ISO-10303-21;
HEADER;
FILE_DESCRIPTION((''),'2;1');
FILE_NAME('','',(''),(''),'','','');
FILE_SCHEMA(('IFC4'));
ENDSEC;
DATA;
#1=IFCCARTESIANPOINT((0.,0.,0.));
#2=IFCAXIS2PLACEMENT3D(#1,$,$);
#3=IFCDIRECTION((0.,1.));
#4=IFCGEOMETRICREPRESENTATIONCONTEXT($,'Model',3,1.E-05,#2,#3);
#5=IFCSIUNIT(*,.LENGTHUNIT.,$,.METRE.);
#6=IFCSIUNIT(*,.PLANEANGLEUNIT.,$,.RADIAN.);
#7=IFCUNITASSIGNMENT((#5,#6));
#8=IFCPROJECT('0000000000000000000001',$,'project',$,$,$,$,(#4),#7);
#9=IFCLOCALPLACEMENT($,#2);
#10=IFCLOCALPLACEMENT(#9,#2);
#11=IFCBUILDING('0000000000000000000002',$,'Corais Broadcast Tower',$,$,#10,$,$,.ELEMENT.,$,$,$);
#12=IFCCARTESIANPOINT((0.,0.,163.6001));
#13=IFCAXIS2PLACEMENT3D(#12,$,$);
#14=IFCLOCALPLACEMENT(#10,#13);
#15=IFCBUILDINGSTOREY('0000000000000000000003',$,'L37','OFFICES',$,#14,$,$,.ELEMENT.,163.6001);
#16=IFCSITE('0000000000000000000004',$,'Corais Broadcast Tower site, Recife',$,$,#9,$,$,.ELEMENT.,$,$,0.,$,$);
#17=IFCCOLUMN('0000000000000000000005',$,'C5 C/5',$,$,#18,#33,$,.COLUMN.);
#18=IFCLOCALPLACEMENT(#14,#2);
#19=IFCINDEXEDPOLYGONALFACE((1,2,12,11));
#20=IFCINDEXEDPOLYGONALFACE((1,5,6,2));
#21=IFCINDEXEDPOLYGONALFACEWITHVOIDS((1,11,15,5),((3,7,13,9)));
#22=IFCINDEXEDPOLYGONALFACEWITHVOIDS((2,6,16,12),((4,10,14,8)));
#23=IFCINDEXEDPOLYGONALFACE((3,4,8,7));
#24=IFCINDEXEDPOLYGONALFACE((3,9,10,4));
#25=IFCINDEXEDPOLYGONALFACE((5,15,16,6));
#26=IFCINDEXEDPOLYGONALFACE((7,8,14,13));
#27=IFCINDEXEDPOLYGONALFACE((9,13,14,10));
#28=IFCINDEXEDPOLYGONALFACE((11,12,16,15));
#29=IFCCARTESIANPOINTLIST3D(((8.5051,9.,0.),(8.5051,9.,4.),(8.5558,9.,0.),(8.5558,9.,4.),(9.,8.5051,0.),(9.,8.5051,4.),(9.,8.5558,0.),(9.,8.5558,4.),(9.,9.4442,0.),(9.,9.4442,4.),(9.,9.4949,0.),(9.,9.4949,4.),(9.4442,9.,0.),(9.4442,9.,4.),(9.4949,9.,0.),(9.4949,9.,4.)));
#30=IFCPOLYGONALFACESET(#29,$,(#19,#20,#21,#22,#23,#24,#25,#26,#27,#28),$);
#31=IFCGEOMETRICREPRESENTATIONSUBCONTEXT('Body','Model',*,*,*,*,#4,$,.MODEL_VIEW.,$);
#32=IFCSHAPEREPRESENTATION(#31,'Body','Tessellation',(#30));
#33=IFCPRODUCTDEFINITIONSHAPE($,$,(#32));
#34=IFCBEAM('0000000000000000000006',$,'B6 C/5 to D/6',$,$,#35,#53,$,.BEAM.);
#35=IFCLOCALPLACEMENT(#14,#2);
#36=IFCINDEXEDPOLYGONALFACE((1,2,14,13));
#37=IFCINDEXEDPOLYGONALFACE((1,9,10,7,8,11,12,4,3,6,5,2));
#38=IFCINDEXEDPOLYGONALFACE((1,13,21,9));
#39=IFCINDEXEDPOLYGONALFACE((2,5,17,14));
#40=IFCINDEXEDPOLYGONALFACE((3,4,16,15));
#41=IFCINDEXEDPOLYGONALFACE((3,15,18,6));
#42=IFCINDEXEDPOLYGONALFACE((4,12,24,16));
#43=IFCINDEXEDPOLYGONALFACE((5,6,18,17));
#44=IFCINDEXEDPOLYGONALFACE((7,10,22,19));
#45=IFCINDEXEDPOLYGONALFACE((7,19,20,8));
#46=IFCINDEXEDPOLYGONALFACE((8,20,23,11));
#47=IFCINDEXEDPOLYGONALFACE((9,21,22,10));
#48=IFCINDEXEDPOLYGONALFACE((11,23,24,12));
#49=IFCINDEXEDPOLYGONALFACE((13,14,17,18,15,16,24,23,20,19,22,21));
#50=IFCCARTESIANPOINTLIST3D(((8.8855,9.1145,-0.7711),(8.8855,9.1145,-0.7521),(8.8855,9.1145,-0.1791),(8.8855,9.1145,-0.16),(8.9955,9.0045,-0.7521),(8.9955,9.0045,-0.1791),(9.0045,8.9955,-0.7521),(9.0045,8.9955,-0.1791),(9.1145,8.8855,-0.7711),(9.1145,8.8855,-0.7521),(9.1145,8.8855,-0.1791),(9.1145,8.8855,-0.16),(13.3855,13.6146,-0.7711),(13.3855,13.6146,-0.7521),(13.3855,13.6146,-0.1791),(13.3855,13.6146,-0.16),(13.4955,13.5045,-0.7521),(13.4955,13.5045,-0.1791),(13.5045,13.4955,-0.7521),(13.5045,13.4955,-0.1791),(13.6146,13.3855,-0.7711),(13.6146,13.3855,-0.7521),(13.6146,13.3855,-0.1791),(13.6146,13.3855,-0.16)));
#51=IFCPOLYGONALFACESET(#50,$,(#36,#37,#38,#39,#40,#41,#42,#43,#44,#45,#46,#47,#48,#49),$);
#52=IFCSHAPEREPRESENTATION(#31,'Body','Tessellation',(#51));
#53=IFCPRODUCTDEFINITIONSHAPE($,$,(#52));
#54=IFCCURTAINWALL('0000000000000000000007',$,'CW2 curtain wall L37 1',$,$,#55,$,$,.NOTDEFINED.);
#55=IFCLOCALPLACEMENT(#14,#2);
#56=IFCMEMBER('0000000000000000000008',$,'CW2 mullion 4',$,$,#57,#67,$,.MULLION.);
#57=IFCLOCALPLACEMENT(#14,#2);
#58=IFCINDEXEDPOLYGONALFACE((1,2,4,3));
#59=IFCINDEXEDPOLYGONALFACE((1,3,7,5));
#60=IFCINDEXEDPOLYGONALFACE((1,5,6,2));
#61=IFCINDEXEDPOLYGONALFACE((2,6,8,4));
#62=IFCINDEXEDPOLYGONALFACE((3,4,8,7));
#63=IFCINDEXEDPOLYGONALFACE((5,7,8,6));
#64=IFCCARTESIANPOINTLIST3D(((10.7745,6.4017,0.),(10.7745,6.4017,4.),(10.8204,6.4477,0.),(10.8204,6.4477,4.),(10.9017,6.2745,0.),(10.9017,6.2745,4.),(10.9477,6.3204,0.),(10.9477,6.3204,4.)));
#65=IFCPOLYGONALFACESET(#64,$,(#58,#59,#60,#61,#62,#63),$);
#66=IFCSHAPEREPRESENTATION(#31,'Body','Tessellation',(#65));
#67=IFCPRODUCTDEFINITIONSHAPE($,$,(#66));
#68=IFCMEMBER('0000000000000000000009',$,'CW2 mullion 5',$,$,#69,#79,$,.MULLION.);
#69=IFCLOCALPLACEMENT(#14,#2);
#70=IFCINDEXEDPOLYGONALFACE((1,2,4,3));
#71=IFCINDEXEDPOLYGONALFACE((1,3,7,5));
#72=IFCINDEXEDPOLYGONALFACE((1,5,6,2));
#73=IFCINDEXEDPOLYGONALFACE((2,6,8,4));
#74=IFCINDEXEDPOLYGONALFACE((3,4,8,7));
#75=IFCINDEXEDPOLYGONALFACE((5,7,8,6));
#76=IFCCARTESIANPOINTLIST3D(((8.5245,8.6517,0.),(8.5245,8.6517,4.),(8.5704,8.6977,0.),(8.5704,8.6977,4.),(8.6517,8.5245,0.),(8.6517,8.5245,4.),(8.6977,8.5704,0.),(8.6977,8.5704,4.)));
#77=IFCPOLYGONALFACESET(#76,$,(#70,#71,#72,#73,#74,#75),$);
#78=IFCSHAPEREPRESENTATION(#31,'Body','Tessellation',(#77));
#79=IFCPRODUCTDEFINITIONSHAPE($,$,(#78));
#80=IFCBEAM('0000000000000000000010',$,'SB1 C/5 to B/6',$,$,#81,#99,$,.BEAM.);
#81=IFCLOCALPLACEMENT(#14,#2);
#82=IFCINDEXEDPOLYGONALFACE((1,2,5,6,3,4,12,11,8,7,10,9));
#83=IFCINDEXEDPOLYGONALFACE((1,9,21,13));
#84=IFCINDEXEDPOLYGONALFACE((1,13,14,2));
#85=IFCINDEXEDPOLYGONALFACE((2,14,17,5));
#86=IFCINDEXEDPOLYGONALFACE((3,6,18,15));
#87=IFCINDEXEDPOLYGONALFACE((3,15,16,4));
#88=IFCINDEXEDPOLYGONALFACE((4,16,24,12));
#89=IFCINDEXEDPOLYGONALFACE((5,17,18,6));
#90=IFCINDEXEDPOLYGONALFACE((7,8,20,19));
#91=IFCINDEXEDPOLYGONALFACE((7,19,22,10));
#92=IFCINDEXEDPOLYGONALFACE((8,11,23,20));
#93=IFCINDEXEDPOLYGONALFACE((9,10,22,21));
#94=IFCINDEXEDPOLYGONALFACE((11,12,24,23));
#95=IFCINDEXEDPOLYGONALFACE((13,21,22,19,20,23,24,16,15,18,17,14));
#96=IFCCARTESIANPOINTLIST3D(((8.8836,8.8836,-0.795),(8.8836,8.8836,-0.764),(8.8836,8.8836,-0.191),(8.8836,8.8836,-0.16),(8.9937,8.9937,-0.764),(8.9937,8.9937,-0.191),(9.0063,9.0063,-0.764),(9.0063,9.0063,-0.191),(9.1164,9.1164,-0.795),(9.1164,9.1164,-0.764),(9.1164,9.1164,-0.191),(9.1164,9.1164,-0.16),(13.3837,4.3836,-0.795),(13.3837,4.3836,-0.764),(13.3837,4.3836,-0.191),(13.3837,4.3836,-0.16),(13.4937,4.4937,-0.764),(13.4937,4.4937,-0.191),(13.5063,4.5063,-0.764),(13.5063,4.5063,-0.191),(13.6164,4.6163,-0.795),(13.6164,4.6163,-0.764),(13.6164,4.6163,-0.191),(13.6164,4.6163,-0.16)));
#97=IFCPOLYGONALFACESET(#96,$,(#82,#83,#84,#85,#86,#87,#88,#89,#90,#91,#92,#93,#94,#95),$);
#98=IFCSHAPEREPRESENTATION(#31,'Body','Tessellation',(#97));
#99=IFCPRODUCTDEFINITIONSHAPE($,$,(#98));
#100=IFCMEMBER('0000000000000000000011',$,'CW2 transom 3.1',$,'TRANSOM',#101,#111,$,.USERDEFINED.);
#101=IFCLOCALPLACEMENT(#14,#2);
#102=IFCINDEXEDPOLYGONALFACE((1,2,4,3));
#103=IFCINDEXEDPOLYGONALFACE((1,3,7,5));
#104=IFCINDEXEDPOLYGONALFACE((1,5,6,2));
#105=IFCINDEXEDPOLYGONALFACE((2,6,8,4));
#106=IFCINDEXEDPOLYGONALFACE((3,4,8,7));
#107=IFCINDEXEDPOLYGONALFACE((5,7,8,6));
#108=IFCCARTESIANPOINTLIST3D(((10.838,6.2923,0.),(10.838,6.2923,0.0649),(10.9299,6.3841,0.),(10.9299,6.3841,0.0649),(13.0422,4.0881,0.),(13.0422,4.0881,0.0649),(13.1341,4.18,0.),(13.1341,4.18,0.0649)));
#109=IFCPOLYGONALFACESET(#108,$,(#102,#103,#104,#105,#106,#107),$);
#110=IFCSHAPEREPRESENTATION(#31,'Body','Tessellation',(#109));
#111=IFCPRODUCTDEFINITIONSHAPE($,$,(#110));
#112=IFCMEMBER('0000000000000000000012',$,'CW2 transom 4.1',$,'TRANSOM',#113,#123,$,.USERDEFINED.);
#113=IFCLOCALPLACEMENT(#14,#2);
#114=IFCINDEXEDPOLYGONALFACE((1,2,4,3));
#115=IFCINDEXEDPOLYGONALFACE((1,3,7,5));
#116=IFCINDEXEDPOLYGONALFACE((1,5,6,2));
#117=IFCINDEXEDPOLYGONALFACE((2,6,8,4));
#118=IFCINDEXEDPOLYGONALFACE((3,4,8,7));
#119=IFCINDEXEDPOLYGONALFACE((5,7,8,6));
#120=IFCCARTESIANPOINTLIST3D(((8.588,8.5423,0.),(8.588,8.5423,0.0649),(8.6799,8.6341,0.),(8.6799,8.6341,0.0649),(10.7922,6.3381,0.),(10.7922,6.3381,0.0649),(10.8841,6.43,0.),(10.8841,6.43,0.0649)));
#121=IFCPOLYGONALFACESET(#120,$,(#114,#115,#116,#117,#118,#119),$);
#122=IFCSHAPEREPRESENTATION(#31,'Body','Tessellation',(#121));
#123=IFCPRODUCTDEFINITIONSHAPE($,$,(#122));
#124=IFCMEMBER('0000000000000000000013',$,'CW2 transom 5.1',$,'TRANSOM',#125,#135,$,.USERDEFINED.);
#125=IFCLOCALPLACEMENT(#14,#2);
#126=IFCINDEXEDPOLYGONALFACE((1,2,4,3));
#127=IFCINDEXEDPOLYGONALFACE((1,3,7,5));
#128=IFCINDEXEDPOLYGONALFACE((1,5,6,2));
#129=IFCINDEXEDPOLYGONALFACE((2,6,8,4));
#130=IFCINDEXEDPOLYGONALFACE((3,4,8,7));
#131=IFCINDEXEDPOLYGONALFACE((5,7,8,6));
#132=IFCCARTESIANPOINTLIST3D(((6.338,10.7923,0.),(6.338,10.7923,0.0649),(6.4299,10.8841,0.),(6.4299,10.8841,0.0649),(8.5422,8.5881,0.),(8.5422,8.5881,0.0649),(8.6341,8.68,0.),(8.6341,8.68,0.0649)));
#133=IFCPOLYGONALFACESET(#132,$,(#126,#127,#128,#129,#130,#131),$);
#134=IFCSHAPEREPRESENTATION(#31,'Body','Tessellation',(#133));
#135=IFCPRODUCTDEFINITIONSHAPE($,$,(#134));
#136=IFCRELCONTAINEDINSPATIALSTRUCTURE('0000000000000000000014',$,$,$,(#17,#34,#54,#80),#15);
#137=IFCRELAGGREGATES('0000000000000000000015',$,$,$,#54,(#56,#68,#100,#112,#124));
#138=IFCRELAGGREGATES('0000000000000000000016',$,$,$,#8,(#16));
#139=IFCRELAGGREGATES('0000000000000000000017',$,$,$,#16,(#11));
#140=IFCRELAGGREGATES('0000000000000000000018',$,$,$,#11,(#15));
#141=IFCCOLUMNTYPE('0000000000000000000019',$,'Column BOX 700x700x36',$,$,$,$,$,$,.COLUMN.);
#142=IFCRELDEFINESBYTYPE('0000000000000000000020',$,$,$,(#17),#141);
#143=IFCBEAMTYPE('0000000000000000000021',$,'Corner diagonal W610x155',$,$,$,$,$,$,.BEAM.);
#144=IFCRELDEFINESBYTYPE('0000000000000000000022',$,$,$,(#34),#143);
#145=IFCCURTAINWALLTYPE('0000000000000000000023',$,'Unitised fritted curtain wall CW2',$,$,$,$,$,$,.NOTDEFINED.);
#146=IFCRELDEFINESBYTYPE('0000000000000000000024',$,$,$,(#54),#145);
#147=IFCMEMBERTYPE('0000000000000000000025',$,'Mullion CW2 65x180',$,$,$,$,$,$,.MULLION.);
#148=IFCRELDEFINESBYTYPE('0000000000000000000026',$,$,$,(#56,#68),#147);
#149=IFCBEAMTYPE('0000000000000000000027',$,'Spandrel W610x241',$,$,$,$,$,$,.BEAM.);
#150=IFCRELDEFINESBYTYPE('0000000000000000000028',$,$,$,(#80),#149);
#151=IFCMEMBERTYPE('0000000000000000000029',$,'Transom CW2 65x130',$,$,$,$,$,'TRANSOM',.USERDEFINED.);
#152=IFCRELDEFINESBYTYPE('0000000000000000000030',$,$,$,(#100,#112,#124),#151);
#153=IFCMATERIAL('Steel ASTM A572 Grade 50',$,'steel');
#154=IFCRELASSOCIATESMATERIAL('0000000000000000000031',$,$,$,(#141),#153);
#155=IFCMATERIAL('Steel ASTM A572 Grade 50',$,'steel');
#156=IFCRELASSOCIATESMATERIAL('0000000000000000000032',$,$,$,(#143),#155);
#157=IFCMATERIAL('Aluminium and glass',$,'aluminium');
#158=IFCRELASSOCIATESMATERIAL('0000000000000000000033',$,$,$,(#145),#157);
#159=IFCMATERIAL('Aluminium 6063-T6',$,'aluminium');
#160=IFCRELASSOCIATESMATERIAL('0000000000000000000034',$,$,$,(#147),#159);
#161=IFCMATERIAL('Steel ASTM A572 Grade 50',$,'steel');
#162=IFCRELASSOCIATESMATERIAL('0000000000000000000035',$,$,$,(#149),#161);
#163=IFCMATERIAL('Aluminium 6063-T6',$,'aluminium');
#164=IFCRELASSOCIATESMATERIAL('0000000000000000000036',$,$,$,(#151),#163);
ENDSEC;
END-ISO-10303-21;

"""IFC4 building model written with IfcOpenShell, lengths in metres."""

from ifc_helpers import new_model, si_unit, direction, frame, origin, origin_2d, place, context, subcontext, project, spatial, rectangle, hollow_rectangle, i_section, extrude, material, material_profile, profile_set, type_object, element, aggregate, save


model = new_model("IFC4")

# Units and contexts
model_context = context("Model", 3, precision=1e-05, world=origin(), true_north=direction((0.0, 1.0)))
body_context = subcontext(model_context, "Body", "Model", "MODEL_VIEW")
ifc_project = project(units=[si_unit("LENGTHUNIT", "METRE"), si_unit("PLANEANGLEUNIT", "RADIAN")], contexts=[model_context])

# Site, building, storey
site_placement = place(None, origin())
site = spatial("IfcSite", under=ifc_project, at=site_placement, Name="Corais Broadcast Tower site, Recife", CompositionType="ELEMENT", RefElevation=0.0)
building_placement = place(site_placement, origin())
building = spatial("IfcBuilding", under=site, at=building_placement, Name="Corais Broadcast Tower", CompositionType="ELEMENT")
storey_placement = place(building_placement, frame((0.0, 0.0, 163.6001)))
storey = spatial("IfcBuildingStorey", under=building, at=storey_placement, Name="L37", Description="OFFICES", CompositionType="ELEMENT", Elevation=163.6001)

# Column
ifc_material_1 = material(Name="Steel ASTM A572 Grade 50", Category="steel")
ifc_material_profile_1 = material_profile(ifc_material_1, hollow_rectangle(XDim=0.7, YDim=0.7, WallThickness=0.0359, at=origin_2d()), Name="BOX 700x700x36")
ifc_profile_set_1 = profile_set([ifc_material_profile_1], Name="Steel ASTM A572 Grade 50")
column_type = type_object("IfcColumnType", Name="Column BOX 700x700x36", PredefinedType="COLUMN", material=ifc_profile_set_1)
column_placement = place(storey_placement, frame((9.0, 9.0, 0.0), z_axis=(0.0, 0.0, 1.0), x_axis=(0.707107, 0.707107, 0.0)))
element("IfcColumn", 1, at=column_placement, inside=storey, type_object=column_type, Name="C5 C/5", PredefinedType="COLUMN", context=body_context, shape_type="SweptSolid", body=[
    extrude(hollow_rectangle(XDim=0.7, YDim=0.7, WallThickness=0.0359, at=origin_2d()), origin(), (0.0, 0.0, 1.0), 4.0),
])

# Beam
ifc_material_2 = material(Name="Steel ASTM A572 Grade 50", Category="steel")
ifc_material_profile_2 = material_profile(ifc_material_2, i_section(OverallWidth=0.324, OverallDepth=0.6111, WebThickness=0.0127, FlangeThickness=0.019, at=origin_2d()), Name="W610x155")
ifc_profile_set_2 = profile_set([ifc_material_profile_2], Name="Steel ASTM A572 Grade 50")
beam_type_1 = type_object("IfcBeamType", Name="Corner diagonal W610x155", PredefinedType="BEAM", material=ifc_profile_set_2)
beam_1_placement = place(storey_placement, frame((9.0, 9.0, -0.4656), z_axis=(0.707107, 0.707107, 0.0), x_axis=(-0.707107, 0.707107, 0.0)))
element("IfcBeam", 2, at=beam_1_placement, inside=storey, type_object=beam_type_1, Name="B6 C/5 to D/6", PredefinedType="BEAM", context=body_context, shape_type="SweptSolid", body=[
    extrude(i_section(OverallWidth=0.324, OverallDepth=0.6111, WebThickness=0.0127, FlangeThickness=0.019, at=origin_2d()), origin(), (0.0, 0.0, 1.0), 6.364),
])

# Curtain wall, members
ifc_material_3 = material(Name="Aluminium and glass", Category="aluminium")
curtain_wall_type = type_object("IfcCurtainWallType", Name="Unitised fritted curtain wall CW2", PredefinedType="NOTDEFINED", material=ifc_material_3)
curtain_wall_placement = place(storey_placement, origin())
curtain_wall = element("IfcCurtainWall", 3, at=curtain_wall_placement, inside=storey, type_object=curtain_wall_type, Name="CW2 curtain wall L37 1", PredefinedType="NOTDEFINED")
ifc_material_4 = material(Name="Aluminium 6063-T6", Category="aluminium")
ifc_material_profile_3 = material_profile(ifc_material_4, rectangle(XDim=0.0649, YDim=0.1799, at=origin_2d()), Name="Mullion CW2 65x180")
ifc_profile_set_3 = profile_set([ifc_material_profile_3], Name="Aluminium 6063-T6")
member_type_1 = type_object("IfcMemberType", Name="Mullion CW2 65x180", PredefinedType="MULLION", material=ifc_profile_set_3)
member_1_placement = place(storey_placement, frame((10.8611, 6.3611, 0.0), z_axis=(0.0, 0.0, 1.0), x_axis=(-0.707107, -0.707107, 0.0)))
member_1 = element("IfcMember", 4, at=member_1_placement, type_object=member_type_1, Name="CW2 mullion 4", PredefinedType="MULLION", context=body_context, shape_type="SweptSolid", body=[
    extrude(rectangle(XDim=0.0649, YDim=0.1799, at=origin_2d()), origin(), (0.0, 0.0, 1.0), 4.0),
])
member_2_placement = place(storey_placement, frame((8.6111, 8.6111, 0.0), z_axis=(0.0, 0.0, 1.0), x_axis=(-0.707107, -0.707107, 0.0)))
member_2 = element("IfcMember", 5, at=member_2_placement, type_object=member_type_1, Name="CW2 mullion 5", PredefinedType="MULLION", context=body_context, shape_type="SweptSolid", body=[
    extrude(rectangle(XDim=0.0649, YDim=0.1799, at=origin_2d()), origin(), (0.0, 0.0, 1.0), 4.0),
])

# Beam
ifc_material_5 = material(Name="Steel ASTM A572 Grade 50", Category="steel")
ifc_material_profile_4 = material_profile(ifc_material_5, i_section(OverallWidth=0.3291, OverallDepth=0.635, WebThickness=0.0178, FlangeThickness=0.031, at=origin_2d()), Name="W610x241")
ifc_profile_set_4 = profile_set([ifc_material_profile_4], Name="Steel ASTM A572 Grade 50")
beam_type_2 = type_object("IfcBeamType", Name="Spandrel W610x241", PredefinedType="BEAM", material=ifc_profile_set_4)
beam_2_placement = place(storey_placement, frame((9.0, 9.0, -0.4775), z_axis=(0.707107, -0.707107, 0.0), x_axis=(0.707107, 0.707107, 0.0)))
element("IfcBeam", 6, at=beam_2_placement, inside=storey, type_object=beam_type_2, Name="SB1 C/5 to B/6", PredefinedType="BEAM", context=body_context, shape_type="SweptSolid", body=[
    extrude(i_section(OverallWidth=0.3291, OverallDepth=0.635, WebThickness=0.0178, FlangeThickness=0.031, at=origin_2d()), origin(), (0.0, 0.0, 1.0), 6.364),
])

# Members
ifc_material_6 = material(Name="Aluminium 6063-T6", Category="aluminium")
ifc_material_profile_5 = material_profile(ifc_material_6, rectangle(XDim=0.1299, YDim=0.0649, at=origin_2d()), Name="Transom CW2 65x130")
ifc_profile_set_5 = profile_set([ifc_material_profile_5], Name="Aluminium 6063-T6")
member_type_2 = type_object("IfcMemberType", Name="Transom CW2 65x130", ElementType="TRANSOM", PredefinedType="USERDEFINED", material=ifc_profile_set_5)
member_3_placement = place(storey_placement, frame((13.0881, 4.134, 0.0325), z_axis=(-0.707107, 0.707107, 0.0), x_axis=(-0.707107, -0.707107, 0.0)))
member_3 = element("IfcMember", 7, at=member_3_placement, type_object=member_type_2, Name="CW2 transom 3.1", ObjectType="TRANSOM", PredefinedType="USERDEFINED", context=body_context, shape_type="SweptSolid", body=[
    extrude(rectangle(XDim=0.1299, YDim=0.0649, at=origin_2d()), origin(), (0.0, 0.0, 1.0), 3.1172),
])
member_4_placement = place(storey_placement, frame((10.8381, 6.384, 0.0325), z_axis=(-0.707107, 0.707107, 0.0), x_axis=(-0.707107, -0.707107, 0.0)))
member_4 = element("IfcMember", 8, at=member_4_placement, type_object=member_type_2, Name="CW2 transom 4.1", ObjectType="TRANSOM", PredefinedType="USERDEFINED", context=body_context, shape_type="SweptSolid", body=[
    extrude(rectangle(XDim=0.1299, YDim=0.0649, at=origin_2d()), origin(), (0.0, 0.0, 1.0), 3.1172),
])
member_5_placement = place(storey_placement, frame((8.5881, 8.634, 0.0325), z_axis=(-0.707107, 0.707107, 0.0), x_axis=(-0.707107, -0.707107, 0.0)))
member_5 = element("IfcMember", 9, at=member_5_placement, type_object=member_type_2, Name="CW2 transom 5.1", ObjectType="TRANSOM", PredefinedType="USERDEFINED", context=body_context, shape_type="SweptSolid", body=[
    extrude(rectangle(XDim=0.1299, YDim=0.0649, at=origin_2d()), origin(), (0.0, 0.0, 1.0), 3.1172),
])

aggregate(curtain_wall, [member_1, member_2, member_3, member_4, member_5])

save(model, "model.ifc")
